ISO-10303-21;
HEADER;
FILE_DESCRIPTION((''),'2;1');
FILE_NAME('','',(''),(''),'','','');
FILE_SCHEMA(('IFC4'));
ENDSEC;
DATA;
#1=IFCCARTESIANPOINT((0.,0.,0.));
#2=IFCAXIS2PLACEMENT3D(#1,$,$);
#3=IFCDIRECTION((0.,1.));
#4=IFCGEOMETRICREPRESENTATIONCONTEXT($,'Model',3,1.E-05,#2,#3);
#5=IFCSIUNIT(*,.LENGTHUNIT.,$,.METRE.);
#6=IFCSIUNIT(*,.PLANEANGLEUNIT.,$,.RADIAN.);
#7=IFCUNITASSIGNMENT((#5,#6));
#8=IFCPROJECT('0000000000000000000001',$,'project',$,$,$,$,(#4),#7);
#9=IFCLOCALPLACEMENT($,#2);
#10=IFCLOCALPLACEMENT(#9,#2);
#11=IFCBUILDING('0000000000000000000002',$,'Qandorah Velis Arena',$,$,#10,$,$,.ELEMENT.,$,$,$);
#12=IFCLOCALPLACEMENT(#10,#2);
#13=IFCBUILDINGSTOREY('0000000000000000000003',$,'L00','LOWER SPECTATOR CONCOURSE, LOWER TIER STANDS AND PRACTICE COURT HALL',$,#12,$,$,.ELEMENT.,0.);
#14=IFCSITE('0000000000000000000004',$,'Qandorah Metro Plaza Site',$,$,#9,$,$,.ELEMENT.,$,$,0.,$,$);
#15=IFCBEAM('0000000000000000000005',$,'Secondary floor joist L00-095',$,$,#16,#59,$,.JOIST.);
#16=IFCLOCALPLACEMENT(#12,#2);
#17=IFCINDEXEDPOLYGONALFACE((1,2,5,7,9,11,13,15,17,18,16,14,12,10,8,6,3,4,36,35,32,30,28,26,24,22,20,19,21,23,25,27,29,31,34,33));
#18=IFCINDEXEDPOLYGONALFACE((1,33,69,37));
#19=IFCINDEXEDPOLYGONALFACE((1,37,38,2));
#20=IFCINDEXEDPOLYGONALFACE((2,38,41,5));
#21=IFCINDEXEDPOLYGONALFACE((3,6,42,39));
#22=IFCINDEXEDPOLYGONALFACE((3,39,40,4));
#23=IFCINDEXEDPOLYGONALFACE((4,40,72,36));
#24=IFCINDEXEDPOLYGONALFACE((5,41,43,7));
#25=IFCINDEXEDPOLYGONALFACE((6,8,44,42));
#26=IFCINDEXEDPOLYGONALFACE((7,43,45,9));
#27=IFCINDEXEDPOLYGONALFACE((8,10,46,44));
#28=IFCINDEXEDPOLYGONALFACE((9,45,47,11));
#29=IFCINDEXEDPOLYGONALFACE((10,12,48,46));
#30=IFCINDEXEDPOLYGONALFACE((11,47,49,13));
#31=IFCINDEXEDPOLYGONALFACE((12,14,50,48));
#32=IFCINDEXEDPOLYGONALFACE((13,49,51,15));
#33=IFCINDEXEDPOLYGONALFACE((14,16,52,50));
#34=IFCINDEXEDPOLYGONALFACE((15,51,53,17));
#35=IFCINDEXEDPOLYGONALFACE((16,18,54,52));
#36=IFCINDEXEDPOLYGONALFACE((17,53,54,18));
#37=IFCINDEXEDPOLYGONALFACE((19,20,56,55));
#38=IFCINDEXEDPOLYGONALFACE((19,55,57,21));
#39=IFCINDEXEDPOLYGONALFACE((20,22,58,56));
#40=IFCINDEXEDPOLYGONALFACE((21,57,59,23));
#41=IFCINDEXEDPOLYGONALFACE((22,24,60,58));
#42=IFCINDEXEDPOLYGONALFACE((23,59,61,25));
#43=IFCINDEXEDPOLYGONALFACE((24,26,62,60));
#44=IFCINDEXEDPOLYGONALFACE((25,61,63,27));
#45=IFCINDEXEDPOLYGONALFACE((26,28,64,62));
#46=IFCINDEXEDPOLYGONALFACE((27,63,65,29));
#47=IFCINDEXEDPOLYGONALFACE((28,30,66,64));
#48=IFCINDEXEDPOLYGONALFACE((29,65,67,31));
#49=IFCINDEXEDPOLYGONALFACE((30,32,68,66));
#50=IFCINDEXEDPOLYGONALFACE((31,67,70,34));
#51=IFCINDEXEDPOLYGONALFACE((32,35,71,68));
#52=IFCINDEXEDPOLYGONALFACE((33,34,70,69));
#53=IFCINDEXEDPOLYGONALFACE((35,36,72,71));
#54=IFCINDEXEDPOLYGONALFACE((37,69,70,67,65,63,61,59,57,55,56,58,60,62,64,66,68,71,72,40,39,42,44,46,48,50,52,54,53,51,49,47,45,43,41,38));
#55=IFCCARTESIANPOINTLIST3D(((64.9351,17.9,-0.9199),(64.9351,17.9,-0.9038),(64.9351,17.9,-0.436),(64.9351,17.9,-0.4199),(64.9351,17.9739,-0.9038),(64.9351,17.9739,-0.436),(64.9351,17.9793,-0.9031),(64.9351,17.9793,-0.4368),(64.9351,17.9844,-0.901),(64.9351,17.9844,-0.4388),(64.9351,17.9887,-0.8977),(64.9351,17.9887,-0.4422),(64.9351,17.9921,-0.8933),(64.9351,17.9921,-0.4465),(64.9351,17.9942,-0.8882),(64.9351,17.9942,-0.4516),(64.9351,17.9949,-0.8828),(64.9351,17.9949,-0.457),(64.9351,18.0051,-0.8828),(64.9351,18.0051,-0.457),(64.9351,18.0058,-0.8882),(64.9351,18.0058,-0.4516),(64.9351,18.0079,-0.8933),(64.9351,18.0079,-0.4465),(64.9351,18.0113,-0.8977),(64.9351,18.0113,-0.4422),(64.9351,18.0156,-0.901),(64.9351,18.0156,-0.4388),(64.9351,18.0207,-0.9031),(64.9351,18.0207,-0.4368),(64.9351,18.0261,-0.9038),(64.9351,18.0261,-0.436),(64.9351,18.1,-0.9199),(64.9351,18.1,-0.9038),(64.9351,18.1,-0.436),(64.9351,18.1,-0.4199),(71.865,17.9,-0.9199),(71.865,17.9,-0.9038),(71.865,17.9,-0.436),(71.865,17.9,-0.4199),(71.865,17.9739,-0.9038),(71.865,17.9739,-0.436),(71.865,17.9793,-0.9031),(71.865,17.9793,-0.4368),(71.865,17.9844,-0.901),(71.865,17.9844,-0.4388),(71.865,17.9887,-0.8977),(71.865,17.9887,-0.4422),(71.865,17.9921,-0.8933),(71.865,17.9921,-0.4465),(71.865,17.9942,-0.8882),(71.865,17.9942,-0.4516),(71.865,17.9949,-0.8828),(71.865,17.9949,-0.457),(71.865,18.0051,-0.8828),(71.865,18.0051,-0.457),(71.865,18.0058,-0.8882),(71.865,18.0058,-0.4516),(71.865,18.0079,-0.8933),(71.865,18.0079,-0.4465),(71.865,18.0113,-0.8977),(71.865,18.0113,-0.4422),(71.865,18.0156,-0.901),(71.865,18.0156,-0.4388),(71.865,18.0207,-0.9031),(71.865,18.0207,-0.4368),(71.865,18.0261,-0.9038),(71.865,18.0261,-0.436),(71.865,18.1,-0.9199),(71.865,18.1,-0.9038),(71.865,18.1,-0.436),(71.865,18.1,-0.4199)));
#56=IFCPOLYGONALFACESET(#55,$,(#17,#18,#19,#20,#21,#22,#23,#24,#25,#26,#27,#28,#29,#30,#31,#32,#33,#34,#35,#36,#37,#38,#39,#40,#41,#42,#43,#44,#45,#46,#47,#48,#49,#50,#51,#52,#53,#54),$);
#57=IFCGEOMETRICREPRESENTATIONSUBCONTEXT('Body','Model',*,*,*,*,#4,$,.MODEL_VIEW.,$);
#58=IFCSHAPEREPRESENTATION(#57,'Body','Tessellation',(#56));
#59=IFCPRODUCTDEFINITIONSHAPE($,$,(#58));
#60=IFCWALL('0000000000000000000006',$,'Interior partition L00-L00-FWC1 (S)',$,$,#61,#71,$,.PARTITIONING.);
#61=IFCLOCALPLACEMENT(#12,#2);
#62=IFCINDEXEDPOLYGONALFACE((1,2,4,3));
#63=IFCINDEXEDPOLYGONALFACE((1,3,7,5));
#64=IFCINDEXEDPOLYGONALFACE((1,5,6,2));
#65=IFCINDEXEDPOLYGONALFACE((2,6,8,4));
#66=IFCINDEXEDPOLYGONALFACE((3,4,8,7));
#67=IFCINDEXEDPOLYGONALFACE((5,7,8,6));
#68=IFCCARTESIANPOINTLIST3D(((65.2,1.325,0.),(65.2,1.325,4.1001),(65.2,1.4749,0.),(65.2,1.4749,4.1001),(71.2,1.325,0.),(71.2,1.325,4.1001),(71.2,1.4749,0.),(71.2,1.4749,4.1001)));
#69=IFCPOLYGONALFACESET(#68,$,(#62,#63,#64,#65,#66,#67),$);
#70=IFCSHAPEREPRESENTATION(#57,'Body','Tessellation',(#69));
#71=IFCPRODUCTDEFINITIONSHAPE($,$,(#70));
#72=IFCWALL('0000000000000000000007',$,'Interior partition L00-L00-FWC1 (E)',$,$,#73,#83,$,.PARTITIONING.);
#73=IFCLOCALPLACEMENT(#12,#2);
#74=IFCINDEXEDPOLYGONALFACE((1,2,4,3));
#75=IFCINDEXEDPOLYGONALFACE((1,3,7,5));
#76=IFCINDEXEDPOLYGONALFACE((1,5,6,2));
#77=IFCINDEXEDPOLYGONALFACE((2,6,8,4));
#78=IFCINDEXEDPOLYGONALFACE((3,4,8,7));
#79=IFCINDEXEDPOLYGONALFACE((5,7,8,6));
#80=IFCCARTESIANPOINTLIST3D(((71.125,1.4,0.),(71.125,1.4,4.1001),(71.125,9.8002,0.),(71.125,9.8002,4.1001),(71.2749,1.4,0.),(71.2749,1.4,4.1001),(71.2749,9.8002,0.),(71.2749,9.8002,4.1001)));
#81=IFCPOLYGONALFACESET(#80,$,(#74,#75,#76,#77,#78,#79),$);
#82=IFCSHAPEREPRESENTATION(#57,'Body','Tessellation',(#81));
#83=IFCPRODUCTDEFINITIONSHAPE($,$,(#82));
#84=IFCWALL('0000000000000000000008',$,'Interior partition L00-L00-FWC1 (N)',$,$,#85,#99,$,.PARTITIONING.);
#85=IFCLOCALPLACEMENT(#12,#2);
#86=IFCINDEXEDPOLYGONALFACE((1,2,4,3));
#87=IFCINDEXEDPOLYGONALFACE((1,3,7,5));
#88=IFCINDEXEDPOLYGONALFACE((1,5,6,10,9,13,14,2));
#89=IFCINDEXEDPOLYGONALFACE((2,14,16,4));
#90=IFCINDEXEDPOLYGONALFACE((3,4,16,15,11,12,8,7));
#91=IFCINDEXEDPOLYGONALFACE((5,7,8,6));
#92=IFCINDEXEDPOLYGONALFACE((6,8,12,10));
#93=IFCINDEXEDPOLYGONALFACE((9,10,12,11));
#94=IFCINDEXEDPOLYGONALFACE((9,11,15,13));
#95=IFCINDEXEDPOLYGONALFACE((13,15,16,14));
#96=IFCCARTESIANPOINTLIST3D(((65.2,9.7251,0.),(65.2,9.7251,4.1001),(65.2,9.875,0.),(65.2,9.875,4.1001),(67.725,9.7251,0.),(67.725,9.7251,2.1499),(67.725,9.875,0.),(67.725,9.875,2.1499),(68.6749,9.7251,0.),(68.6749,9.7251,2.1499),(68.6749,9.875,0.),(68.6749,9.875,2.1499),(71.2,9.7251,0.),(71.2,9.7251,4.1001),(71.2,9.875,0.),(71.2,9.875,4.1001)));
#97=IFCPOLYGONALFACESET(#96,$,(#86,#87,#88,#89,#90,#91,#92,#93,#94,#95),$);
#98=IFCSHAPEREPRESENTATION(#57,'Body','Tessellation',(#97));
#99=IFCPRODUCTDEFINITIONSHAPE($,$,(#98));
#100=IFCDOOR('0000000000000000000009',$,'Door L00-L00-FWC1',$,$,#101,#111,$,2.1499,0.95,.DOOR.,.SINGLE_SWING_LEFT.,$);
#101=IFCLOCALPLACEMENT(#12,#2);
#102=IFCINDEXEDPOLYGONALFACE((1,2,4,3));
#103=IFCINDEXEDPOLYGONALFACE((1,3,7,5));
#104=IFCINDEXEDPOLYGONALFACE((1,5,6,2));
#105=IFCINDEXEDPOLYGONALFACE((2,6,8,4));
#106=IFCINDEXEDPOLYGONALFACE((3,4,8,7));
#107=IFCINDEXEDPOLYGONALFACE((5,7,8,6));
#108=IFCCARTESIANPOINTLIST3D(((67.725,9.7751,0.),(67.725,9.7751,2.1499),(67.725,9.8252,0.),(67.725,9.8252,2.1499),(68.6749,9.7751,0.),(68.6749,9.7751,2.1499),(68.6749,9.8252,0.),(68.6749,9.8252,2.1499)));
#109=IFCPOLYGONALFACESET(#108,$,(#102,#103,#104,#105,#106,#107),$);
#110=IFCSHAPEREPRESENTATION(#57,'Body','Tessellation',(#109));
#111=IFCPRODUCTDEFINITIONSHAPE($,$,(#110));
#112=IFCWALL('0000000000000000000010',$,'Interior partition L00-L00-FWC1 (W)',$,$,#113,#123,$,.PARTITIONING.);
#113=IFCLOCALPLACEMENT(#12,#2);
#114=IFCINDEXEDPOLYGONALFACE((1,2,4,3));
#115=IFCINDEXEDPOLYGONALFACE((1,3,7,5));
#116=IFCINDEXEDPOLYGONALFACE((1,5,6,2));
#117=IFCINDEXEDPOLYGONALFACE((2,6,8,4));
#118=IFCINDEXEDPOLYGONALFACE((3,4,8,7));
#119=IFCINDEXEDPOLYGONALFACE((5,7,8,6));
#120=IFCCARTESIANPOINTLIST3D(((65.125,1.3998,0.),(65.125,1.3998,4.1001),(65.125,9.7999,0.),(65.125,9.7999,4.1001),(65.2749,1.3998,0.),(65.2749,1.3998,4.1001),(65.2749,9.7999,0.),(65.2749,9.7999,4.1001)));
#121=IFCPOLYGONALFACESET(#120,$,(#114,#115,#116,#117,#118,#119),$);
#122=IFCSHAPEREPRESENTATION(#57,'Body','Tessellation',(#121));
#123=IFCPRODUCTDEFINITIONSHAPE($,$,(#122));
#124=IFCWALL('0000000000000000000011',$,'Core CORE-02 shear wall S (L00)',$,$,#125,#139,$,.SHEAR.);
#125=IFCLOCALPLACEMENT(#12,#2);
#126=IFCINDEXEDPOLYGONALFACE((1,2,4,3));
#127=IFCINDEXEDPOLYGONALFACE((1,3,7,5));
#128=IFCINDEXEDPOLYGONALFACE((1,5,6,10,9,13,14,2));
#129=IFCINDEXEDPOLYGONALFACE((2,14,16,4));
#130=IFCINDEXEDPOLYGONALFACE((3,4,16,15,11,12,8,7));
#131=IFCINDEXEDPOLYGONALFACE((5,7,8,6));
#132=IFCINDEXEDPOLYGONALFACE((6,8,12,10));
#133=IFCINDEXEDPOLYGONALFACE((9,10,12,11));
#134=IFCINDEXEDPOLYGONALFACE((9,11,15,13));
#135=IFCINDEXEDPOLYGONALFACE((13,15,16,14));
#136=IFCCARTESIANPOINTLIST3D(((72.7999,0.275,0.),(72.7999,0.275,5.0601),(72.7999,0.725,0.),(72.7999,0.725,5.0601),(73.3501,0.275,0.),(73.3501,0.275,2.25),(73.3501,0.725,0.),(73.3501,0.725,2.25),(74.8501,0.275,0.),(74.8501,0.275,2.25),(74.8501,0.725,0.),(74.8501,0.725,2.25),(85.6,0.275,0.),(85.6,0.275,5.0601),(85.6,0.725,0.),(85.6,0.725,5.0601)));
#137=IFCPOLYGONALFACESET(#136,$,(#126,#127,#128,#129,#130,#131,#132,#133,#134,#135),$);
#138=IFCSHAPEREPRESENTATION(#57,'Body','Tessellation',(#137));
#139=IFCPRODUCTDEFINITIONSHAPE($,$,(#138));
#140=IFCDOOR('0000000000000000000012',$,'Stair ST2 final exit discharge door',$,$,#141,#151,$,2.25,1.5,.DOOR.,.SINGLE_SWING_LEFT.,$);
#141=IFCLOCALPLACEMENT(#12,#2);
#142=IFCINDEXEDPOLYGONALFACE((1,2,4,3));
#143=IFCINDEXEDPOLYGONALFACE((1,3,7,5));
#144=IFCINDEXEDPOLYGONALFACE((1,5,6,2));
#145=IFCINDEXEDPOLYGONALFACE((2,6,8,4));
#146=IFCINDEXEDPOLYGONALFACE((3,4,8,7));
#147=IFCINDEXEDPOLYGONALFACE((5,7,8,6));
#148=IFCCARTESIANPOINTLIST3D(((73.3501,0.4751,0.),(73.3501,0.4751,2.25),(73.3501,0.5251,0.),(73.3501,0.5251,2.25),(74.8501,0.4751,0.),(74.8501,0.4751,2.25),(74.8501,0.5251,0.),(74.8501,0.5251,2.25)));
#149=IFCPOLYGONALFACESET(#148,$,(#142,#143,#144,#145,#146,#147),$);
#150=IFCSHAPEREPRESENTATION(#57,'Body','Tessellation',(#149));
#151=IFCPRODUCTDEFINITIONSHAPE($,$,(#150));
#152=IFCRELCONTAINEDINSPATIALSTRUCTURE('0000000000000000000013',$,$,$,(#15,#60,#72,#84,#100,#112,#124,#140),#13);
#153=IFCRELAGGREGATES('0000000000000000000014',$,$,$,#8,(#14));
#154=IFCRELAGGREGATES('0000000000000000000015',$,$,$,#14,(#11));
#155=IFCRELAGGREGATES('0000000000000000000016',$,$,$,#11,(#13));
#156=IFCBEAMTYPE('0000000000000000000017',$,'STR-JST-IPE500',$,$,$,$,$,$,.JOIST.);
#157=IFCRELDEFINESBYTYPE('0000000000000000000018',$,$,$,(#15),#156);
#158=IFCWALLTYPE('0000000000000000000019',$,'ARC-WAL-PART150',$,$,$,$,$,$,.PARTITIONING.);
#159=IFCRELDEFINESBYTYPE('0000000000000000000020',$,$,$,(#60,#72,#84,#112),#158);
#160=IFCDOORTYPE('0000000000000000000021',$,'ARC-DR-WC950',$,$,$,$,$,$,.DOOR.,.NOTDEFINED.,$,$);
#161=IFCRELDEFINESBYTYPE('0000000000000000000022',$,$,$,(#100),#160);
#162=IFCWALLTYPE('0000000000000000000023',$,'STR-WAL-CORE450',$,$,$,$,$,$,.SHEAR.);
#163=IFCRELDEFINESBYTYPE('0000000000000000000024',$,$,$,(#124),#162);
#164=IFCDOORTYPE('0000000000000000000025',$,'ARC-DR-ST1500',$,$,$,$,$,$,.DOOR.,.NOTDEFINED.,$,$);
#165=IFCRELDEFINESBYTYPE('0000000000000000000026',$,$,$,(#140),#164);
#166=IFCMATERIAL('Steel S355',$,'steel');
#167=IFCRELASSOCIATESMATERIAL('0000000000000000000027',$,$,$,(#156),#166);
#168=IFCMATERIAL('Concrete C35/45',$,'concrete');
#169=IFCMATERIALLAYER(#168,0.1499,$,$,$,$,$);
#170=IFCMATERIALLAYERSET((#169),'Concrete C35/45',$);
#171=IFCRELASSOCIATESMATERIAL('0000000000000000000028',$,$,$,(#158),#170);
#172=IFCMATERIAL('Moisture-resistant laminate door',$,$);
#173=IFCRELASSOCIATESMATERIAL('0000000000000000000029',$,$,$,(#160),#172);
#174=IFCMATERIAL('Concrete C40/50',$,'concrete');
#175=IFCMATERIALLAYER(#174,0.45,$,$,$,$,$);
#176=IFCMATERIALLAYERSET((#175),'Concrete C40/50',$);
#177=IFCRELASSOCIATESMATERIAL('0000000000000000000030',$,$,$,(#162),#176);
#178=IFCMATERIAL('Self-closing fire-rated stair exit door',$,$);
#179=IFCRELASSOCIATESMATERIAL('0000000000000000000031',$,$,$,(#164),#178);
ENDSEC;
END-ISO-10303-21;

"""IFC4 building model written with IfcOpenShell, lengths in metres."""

from ifc_helpers import new_model, si_unit, direction, frame, frame_2d, origin, origin_2d, place, context, subcontext, project, spatial, rectangle, i_section, extrude, material, layer, layer_set, material_profile, profile_set, type_object, element, fill, save


model = new_model("IFC4")

# Units and contexts
model_context = context("Model", 3, precision=1e-05, world=origin(), true_north=direction((0.0, 1.0)))
body_context = subcontext(model_context, "Body", "Model", "MODEL_VIEW")
ifc_project = project(units=[si_unit("LENGTHUNIT", "METRE"), si_unit("PLANEANGLEUNIT", "RADIAN")], contexts=[model_context])

# Site, building, storey
site_placement = place(None, origin())
site = spatial("IfcSite", under=ifc_project, at=site_placement, Name="Qandorah Metro Plaza Site", CompositionType="ELEMENT", RefElevation=0.0)
building_placement = place(site_placement, origin())
building = spatial("IfcBuilding", under=site, at=building_placement, Name="Qandorah Velis Arena", CompositionType="ELEMENT")
storey_placement = place(building_placement, origin())
storey = spatial("IfcBuildingStorey", under=building, at=storey_placement, Name="L00", Description="LOWER SPECTATOR CONCOURSE, LOWER TIER STANDS AND PRACTICE COURT HALL", CompositionType="ELEMENT", Elevation=0.0)

# Shared definitions
ifc_material_1 = material(Name="Concrete C40/50", Category="concrete")

# Beam
ifc_material_2 = material(Name="Steel S355", Category="steel")
ifc_material_profile_1 = material_profile(ifc_material_2, i_section(OverallWidth=0.2, OverallDepth=0.5, WebThickness=0.0103, FlangeThickness=0.0161, FilletRadius=0.021, at=origin_2d()), Name="IPE 500")
ifc_profile_set_1 = profile_set([ifc_material_profile_1], Name="Steel S355")
beam_type_1 = type_object("IfcBeamType", Name="STR-JST-IPE500", PredefinedType="JOIST", material=ifc_profile_set_1)
beam_1_placement = place(storey_placement, frame((64.9351, 18.0, -0.6699), z_axis=(1.0, 0.0, 0.0), x_axis=(0.0, 1.0, 0.0)))
element("IfcBeam", 1, at=beam_1_placement, inside=storey, type_object=beam_type_1, Name="Secondary floor joist L00-095", PredefinedType="JOIST", context=body_context, shape_type="SweptSolid", body=[
    extrude(i_section(OverallWidth=0.2, OverallDepth=0.5, WebThickness=0.0103, FlangeThickness=0.0161, FilletRadius=0.021, at=origin_2d()), origin(), (0.0, 0.0, 1.0), 6.9299),
])

# Walls
ifc_material_3 = material(Name="Concrete C35/45", Category="concrete")
ifc_layer_1 = layer(ifc_material_3, 0.1499)
ifc_layer_set_1 = layer_set([ifc_layer_1], Name="Concrete C35/45")
wall_type_1 = type_object("IfcWallType", Name="ARC-WAL-PART150", PredefinedType="PARTITIONING", material=ifc_layer_set_1)
wall_1_placement = place(storey_placement, frame((65.2, 1.3999, 0.0), z_axis=(0.0, 0.0, 1.0), x_axis=(1.0, 0.0, 0.0)))
element("IfcWall", 2, at=wall_1_placement, inside=storey, type_object=wall_type_1, Name="Interior partition L00-L00-FWC1 (S)", PredefinedType="PARTITIONING", context=body_context, shape_type="SweptSolid", body=[
    extrude(rectangle(XDim=6.0, YDim=0.1499, at=frame_2d((3.0, 0.0))), origin(), (0.0, 0.0, 1.0), 4.1001),
])
wall_2_placement = place(storey_placement, frame((71.2, 1.3999, 0.0), z_axis=(0.0, 0.0, 1.0), x_axis=(0.0, 1.0, 0.0)))
element("IfcWall", 3, at=wall_2_placement, inside=storey, type_object=wall_type_1, Name="Interior partition L00-L00-FWC1 (E)", PredefinedType="PARTITIONING", context=body_context, shape_type="SweptSolid", body=[
    extrude(rectangle(XDim=8.4001, YDim=0.1499, at=frame_2d((4.2002, 0.0))), origin(), (0.0, 0.0, 1.0), 4.1001),
])

# Wall, opening, door
wall_3_placement = place(storey_placement, frame((71.2, 9.8, 0.0), z_axis=(0.0, 0.0, 1.0), x_axis=(-1.0, 0.0, 0.0)))
wall_3 = element("IfcWall", 4, at=wall_3_placement, inside=storey, type_object=wall_type_1, Name="Interior partition L00-L00-FWC1 (N)", PredefinedType="PARTITIONING", context=body_context, shape_type="SweptSolid", body=[
    extrude(rectangle(XDim=6.0, YDim=0.1499, at=frame_2d((3.0, 0.0))), origin(), (0.0, 0.0, 1.0), 4.1001),
])
opening_1_placement = place(wall_3_placement, frame((2.5249, 0.0, 0.0)))
opening_1 = element("IfcOpeningElement", 5, at=opening_1_placement, cuts=wall_3, PredefinedType="OPENING", context=body_context, shape_type="SweptSolid", body=[
    extrude(rectangle(XDim=0.95, YDim=2.1499, at=frame_2d((0.4751, 1.075))), frame((0.0, 0.085, 0.0), z_axis=(0.0, -1.0, 0.0), x_axis=(1.0, 0.0, 0.0)), (0.0, 0.0, 1.0), 0.1699),
])
ifc_material_4 = material(Name="Moisture-resistant laminate door")
door_type_1 = type_object("IfcDoorType", Name="ARC-DR-WC950", OperationType="NOTDEFINED", PredefinedType="DOOR", material=ifc_material_4)
door_1_placement = place(opening_1_placement, origin())
door_1 = element("IfcDoor", 6, at=door_1_placement, inside=storey, type_object=door_type_1, Name="Door L00-L00-FWC1", OperationType="SINGLE_SWING_LEFT", OverallHeight=2.1499, OverallWidth=0.95, PredefinedType="DOOR", context=body_context, shape_type="SweptSolid", body=[
    extrude(rectangle(XDim=0.95, YDim=2.1499, at=frame_2d((0.4751, 1.075))), frame((0.0, 0.0249, 0.0), z_axis=(0.0, -1.0, 0.0), x_axis=(1.0, 0.0, 0.0)), (0.0, 0.0, 1.0), 0.05),
])
fill(opening_1, door_1)

# Wall
wall_4_placement = place(storey_placement, frame((65.2, 9.8, 0.0), z_axis=(0.0, 0.0, 1.0), x_axis=(0.0, -1.0, 0.0)))
element("IfcWall", 7, at=wall_4_placement, inside=storey, type_object=wall_type_1, Name="Interior partition L00-L00-FWC1 (W)", PredefinedType="PARTITIONING", context=body_context, shape_type="SweptSolid", body=[
    extrude(rectangle(XDim=8.4001, YDim=0.1499, at=frame_2d((4.2002, 0.0))), origin(), (0.0, 0.0, 1.0), 4.1001),
])

# Wall, opening, door
ifc_layer_2 = layer(ifc_material_1, 0.45)
ifc_layer_set_2 = layer_set([ifc_layer_2], Name="Concrete C40/50")
wall_type_2 = type_object("IfcWallType", Name="STR-WAL-CORE450", PredefinedType="SHEAR", material=ifc_layer_set_2)
wall_5_placement = place(storey_placement, frame((72.8, 0.5, 0.0), z_axis=(0.0, 0.0, 1.0), x_axis=(1.0, 0.0, 0.0)))
wall_5 = element("IfcWall", 8, at=wall_5_placement, inside=storey, type_object=wall_type_2, Name="Core CORE-02 shear wall S (L00)", PredefinedType="SHEAR", context=body_context, shape_type="SweptSolid", body=[
    extrude(rectangle(XDim=12.8, YDim=0.45, at=frame_2d((6.3999, 0.0))), origin(), (0.0, 0.0, 1.0), 5.0601),
])
opening_2_placement = place(wall_5_placement, frame((0.55, 0.0, 0.0)))
opening_2 = element("IfcOpeningElement", 9, at=opening_2_placement, cuts=wall_5, PredefinedType="OPENING", context=body_context, shape_type="SweptSolid", body=[
    extrude(rectangle(XDim=1.5, YDim=2.25, at=frame_2d((0.75, 1.125))), frame((0.0, 0.2349, 0.0), z_axis=(0.0, -1.0, 0.0), x_axis=(1.0, 0.0, 0.0)), (0.0, 0.0, 1.0), 0.47),
])
ifc_material_5 = material(Name="Self-closing fire-rated stair exit door")
door_type_2 = type_object("IfcDoorType", Name="ARC-DR-ST1500", OperationType="NOTDEFINED", PredefinedType="DOOR", material=ifc_material_5)
door_2_placement = place(opening_2_placement, frame((1.5, 0.0, 0.0), z_axis=(0.0, 0.0, 1.0), x_axis=(-1.0, 0.0, 0.0)))
door_2 = element("IfcDoor", 10, at=door_2_placement, inside=storey, type_object=door_type_2, Name="Stair ST2 final exit discharge door", OperationType="SINGLE_SWING_LEFT", OverallHeight=2.25, OverallWidth=1.5, PredefinedType="DOOR", context=body_context, shape_type="SweptSolid", body=[
    extrude(rectangle(XDim=1.5, YDim=2.25, at=frame_2d((0.75, 1.125))), frame((0.0, 0.0249, 0.0), z_axis=(0.0, -1.0, 0.0), x_axis=(1.0, 0.0, 0.0)), (0.0, 0.0, 1.0), 0.05),
])
fill(opening_2, door_2)

save(model, "model.ifc")
